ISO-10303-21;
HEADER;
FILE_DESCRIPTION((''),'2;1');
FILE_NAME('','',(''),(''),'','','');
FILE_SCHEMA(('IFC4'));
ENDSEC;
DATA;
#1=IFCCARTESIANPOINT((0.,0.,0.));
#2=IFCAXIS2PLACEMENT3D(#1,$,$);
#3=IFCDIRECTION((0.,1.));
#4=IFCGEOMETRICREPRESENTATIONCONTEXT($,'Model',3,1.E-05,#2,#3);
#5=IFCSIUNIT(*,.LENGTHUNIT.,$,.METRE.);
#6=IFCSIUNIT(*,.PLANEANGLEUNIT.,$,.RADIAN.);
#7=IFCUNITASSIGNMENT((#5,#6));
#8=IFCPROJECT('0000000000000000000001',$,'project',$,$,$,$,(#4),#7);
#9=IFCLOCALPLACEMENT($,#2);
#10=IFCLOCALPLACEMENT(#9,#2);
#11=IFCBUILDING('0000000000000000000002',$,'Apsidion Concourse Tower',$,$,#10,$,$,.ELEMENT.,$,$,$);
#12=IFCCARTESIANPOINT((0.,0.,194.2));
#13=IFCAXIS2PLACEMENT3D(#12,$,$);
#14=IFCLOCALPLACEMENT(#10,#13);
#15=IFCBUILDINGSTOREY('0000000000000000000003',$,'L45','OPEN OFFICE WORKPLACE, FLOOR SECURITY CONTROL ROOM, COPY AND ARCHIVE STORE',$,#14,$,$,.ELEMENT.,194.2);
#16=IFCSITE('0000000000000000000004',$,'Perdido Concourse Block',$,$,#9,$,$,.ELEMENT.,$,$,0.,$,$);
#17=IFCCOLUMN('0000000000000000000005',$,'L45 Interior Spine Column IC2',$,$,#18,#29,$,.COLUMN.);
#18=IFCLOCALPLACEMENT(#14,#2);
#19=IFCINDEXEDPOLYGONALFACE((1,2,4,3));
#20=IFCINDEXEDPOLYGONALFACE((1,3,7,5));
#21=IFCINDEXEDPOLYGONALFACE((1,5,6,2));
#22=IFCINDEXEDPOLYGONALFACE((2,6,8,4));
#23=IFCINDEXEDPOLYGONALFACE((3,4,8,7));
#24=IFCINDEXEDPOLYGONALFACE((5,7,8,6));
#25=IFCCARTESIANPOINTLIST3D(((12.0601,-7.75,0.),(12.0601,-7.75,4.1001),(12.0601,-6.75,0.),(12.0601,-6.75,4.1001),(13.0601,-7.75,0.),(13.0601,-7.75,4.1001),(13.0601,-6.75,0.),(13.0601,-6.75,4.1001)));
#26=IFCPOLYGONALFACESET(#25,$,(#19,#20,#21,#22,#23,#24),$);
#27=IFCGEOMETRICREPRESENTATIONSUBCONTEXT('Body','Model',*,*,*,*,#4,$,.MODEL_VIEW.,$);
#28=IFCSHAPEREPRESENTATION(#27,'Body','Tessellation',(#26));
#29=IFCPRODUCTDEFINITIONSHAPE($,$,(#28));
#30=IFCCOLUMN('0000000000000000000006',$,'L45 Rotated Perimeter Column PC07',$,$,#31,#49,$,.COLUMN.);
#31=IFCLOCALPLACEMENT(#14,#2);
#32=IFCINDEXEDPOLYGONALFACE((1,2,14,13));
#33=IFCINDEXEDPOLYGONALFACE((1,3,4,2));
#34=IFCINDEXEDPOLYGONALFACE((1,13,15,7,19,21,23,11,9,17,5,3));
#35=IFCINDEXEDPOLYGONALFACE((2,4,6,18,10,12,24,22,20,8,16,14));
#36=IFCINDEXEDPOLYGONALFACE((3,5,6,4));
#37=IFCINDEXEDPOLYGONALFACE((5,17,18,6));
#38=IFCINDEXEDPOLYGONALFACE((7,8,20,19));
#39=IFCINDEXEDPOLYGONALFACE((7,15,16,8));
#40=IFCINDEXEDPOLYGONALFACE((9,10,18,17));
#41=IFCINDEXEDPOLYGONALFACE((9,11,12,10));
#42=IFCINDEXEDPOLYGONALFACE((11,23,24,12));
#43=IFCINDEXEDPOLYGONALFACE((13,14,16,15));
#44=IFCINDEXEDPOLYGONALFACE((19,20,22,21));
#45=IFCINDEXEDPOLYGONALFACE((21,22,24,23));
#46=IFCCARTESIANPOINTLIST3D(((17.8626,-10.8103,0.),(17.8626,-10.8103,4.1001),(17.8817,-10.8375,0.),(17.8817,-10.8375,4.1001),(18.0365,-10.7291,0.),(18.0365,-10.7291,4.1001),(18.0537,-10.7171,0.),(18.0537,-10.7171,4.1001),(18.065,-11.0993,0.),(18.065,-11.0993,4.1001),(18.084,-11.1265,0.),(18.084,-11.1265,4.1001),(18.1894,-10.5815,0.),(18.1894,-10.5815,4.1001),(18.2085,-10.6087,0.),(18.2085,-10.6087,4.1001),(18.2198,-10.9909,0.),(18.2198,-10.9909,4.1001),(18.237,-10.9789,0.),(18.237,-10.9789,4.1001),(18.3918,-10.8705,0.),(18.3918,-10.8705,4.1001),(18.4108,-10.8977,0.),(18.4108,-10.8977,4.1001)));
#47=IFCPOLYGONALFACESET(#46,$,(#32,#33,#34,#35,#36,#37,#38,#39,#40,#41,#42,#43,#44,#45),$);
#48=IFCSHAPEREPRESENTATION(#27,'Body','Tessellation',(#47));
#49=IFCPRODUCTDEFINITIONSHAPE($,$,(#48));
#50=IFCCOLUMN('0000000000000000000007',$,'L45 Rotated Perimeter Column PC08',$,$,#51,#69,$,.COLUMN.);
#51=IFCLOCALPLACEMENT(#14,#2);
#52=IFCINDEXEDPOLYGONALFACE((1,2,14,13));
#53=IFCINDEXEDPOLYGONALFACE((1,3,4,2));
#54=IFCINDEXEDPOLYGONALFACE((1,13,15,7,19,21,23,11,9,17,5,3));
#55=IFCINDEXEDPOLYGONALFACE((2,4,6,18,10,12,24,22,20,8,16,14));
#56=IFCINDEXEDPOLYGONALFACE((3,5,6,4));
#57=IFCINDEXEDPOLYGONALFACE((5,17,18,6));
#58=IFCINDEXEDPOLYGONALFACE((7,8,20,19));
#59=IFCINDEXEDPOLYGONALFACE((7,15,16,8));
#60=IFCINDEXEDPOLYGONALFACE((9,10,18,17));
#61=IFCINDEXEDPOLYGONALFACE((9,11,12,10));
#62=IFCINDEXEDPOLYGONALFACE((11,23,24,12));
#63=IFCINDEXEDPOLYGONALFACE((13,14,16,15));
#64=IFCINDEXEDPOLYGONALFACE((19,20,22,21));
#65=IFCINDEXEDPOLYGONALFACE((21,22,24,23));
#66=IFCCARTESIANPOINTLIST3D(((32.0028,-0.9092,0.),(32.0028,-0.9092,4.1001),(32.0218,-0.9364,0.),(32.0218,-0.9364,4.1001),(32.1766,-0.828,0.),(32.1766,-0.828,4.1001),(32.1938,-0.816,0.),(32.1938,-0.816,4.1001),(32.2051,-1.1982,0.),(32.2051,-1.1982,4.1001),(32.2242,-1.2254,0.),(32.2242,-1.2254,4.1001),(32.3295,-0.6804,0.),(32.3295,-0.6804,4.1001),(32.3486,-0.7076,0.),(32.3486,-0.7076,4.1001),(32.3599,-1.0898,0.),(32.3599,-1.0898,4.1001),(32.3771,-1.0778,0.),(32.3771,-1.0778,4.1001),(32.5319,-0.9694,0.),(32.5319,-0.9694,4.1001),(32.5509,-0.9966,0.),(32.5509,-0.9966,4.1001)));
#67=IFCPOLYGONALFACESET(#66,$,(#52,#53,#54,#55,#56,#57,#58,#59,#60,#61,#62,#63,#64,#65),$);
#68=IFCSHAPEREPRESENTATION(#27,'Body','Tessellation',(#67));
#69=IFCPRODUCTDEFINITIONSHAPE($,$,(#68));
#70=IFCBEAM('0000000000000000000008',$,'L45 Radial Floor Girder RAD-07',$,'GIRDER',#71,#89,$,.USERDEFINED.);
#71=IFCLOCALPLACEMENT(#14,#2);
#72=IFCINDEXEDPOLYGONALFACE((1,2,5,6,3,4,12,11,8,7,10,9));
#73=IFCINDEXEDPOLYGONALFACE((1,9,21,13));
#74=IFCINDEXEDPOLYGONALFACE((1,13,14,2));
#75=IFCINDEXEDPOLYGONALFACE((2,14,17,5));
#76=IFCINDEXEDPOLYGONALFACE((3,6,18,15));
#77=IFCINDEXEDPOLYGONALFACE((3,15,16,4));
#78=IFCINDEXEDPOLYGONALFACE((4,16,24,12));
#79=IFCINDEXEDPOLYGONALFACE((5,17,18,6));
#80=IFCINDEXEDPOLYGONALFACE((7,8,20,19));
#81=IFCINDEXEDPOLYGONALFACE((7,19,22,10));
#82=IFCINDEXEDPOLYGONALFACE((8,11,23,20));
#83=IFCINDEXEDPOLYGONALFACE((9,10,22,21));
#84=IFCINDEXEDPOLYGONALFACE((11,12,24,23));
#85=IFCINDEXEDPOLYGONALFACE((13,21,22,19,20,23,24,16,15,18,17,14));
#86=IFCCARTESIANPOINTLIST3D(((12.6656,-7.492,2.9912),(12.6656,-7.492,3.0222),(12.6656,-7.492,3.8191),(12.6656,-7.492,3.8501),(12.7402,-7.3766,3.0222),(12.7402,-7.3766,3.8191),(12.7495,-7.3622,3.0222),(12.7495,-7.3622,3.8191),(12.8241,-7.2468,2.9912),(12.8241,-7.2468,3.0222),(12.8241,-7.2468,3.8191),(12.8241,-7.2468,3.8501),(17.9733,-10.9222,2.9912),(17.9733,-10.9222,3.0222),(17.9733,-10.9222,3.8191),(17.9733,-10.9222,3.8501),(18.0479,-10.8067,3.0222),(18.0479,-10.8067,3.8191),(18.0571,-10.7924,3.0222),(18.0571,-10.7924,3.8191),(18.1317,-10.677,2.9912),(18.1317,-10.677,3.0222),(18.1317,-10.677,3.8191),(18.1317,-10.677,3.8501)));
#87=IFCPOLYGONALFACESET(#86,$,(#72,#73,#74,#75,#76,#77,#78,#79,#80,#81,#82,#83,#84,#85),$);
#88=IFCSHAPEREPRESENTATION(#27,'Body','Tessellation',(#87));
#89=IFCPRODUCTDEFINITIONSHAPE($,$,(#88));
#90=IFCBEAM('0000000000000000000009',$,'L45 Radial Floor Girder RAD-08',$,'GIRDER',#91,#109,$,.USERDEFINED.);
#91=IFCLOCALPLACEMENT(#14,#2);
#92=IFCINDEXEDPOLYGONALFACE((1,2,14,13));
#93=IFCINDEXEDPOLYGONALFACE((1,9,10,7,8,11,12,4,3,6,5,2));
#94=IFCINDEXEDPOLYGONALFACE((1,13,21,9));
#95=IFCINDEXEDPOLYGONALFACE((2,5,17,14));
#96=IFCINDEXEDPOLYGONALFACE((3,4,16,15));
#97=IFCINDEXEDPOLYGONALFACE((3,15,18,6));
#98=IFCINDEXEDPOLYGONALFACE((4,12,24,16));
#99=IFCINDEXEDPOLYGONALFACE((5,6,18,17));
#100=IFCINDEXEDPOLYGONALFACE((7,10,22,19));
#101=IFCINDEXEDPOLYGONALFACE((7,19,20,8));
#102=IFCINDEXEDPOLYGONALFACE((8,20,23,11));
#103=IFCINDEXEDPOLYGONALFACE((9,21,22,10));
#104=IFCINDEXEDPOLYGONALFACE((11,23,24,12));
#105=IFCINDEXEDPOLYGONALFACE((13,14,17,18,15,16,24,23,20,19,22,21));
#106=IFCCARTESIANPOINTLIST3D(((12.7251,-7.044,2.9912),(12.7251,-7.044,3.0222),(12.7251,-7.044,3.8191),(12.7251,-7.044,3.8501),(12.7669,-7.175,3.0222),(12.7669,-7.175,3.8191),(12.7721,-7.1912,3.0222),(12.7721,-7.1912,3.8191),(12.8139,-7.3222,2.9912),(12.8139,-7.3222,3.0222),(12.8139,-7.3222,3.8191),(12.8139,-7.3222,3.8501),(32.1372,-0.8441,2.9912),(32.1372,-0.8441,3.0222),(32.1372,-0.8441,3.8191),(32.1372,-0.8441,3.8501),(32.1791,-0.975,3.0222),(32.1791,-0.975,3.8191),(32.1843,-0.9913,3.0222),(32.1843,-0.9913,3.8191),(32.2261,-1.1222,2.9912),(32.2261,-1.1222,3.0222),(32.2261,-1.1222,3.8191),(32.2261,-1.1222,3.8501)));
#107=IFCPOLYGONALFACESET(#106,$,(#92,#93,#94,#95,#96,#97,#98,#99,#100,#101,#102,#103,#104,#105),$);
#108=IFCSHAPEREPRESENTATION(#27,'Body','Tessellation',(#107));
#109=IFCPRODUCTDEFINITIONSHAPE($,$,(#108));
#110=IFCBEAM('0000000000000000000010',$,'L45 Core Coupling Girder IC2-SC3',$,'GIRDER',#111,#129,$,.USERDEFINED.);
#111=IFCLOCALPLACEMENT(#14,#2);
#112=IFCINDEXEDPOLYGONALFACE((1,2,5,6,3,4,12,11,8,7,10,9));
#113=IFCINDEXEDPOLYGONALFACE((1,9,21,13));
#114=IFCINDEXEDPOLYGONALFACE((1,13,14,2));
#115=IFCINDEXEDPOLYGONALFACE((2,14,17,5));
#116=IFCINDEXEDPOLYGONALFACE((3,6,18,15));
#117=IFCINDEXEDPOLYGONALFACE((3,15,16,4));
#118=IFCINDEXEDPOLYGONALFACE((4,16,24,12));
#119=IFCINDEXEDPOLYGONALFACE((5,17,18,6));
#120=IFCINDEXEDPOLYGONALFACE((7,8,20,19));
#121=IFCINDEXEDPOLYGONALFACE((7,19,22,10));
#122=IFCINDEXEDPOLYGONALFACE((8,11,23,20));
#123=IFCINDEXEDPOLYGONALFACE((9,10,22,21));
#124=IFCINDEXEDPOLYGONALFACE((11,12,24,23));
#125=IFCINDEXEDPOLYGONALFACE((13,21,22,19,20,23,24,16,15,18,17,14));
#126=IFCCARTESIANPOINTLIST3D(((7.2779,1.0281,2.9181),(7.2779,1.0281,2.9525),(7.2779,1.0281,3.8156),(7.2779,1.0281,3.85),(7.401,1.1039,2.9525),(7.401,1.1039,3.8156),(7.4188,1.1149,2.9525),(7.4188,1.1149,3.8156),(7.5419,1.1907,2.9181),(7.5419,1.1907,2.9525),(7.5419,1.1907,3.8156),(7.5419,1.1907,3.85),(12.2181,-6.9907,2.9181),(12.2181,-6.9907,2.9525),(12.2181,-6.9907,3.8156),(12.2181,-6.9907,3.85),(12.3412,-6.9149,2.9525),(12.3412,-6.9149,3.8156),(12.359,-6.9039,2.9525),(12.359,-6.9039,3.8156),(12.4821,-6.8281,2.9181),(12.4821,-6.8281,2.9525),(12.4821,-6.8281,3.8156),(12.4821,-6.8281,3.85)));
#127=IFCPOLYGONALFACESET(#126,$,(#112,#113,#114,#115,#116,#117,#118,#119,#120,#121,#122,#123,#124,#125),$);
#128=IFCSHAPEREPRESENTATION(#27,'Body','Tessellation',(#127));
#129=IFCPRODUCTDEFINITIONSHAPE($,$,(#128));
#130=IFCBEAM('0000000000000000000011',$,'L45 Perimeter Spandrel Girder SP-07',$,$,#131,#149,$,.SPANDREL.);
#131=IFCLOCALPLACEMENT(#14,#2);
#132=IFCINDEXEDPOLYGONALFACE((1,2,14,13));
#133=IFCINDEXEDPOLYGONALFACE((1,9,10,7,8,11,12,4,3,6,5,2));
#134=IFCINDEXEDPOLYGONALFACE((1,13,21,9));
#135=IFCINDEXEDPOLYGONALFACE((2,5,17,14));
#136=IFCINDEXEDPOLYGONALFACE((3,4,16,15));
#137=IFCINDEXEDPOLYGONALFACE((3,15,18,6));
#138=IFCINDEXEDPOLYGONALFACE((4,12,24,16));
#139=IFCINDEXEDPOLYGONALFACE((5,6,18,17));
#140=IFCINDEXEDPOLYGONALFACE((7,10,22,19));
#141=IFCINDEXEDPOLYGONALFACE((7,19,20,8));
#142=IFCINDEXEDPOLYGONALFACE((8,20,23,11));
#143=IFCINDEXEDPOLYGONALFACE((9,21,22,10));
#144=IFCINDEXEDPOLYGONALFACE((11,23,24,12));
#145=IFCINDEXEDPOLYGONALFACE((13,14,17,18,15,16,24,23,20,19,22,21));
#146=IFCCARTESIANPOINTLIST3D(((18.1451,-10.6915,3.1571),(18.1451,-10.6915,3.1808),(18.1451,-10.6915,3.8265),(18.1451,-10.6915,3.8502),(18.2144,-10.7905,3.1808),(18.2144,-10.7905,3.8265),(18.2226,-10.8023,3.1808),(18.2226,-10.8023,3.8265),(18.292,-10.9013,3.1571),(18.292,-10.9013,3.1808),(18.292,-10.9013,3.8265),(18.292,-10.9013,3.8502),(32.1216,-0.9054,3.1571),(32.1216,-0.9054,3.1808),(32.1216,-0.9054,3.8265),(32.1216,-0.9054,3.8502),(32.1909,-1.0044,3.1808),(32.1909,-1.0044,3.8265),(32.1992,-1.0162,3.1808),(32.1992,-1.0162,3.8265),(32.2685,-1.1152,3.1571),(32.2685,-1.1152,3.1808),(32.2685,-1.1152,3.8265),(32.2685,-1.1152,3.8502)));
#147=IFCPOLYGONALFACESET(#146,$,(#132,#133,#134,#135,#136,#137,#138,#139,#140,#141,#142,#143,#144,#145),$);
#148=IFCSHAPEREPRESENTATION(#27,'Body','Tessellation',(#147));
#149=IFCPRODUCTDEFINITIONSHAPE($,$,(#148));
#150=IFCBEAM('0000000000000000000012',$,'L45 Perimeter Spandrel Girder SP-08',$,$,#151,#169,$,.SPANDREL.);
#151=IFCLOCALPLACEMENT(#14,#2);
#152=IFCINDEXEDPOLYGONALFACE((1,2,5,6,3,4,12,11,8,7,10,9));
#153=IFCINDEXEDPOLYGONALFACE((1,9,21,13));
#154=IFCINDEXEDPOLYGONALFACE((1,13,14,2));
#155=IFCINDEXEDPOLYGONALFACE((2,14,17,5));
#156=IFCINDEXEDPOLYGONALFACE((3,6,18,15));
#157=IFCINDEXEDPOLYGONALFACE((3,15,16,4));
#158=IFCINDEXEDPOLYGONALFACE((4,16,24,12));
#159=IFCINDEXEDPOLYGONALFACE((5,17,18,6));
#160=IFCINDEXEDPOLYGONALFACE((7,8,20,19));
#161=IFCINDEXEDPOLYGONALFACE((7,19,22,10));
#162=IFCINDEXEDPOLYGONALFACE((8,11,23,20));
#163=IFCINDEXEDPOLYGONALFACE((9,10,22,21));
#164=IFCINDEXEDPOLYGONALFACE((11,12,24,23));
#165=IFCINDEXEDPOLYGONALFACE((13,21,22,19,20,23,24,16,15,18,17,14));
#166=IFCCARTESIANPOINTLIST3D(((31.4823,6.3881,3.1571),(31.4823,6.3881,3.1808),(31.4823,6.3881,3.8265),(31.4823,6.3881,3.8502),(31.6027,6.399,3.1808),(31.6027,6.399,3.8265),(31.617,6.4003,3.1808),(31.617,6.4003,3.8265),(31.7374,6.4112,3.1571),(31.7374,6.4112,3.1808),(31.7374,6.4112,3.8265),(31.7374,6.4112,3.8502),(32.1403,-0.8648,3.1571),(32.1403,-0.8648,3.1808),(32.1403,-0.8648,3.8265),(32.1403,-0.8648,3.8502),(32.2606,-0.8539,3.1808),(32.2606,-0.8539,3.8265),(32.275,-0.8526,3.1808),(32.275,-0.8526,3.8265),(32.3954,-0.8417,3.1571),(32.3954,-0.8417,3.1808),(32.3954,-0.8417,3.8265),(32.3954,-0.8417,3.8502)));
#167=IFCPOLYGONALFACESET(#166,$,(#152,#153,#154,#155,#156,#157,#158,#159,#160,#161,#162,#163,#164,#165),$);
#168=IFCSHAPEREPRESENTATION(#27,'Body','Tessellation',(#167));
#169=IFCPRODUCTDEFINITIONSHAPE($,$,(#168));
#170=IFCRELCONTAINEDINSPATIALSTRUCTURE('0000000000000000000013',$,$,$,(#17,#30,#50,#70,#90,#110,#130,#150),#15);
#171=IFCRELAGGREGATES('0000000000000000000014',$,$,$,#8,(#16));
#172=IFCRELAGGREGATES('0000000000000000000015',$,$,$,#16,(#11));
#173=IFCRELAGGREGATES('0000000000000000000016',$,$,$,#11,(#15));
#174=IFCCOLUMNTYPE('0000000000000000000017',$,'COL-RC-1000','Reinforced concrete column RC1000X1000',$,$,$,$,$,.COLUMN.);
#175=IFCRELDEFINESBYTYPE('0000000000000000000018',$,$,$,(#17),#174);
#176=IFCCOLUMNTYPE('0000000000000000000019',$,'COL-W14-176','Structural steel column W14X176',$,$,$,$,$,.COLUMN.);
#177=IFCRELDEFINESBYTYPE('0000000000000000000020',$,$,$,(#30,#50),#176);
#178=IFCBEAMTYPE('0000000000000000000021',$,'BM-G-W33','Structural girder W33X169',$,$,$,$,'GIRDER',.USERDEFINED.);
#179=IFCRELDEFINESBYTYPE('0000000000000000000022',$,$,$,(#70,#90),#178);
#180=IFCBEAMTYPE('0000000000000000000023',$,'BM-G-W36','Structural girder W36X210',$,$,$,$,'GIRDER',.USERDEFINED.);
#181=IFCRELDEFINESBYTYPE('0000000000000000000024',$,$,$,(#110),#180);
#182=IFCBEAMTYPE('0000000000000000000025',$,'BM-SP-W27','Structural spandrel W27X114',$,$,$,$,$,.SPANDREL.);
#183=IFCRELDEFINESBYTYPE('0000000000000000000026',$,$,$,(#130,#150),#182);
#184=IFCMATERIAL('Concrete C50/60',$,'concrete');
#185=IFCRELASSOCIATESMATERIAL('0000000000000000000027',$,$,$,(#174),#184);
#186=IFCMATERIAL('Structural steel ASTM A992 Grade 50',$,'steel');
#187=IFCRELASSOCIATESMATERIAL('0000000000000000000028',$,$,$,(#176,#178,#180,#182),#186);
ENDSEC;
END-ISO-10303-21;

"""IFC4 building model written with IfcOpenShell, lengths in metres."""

from ifc_helpers import new_model, si_unit, direction, frame, origin, origin_2d, place, context, subcontext, project, spatial, rectangle, i_section, extrude, material, material_profile, profile_set, type_object, element, save


model = new_model("IFC4")

# Units and contexts
model_context = context("Model", 3, precision=1e-05, world=origin(), true_north=direction((0.0, 1.0)))
body_context = subcontext(model_context, "Body", "Model", "MODEL_VIEW")
ifc_project = project(units=[si_unit("LENGTHUNIT", "METRE"), si_unit("PLANEANGLEUNIT", "RADIAN")], contexts=[model_context])

# Site, building, storey
site_placement = place(None, origin())
site = spatial("IfcSite", under=ifc_project, at=site_placement, Name="Perdido Concourse Block", CompositionType="ELEMENT", RefElevation=0.0)
building_placement = place(site_placement, origin())
building = spatial("IfcBuilding", under=site, at=building_placement, Name="Apsidion Concourse Tower", CompositionType="ELEMENT")
storey_placement = place(building_placement, frame((0.0, 0.0, 194.2)))
storey = spatial("IfcBuildingStorey", under=building, at=storey_placement, Name="L45", Description="OPEN OFFICE WORKPLACE, FLOOR SECURITY CONTROL ROOM, COPY AND ARCHIVE STORE", CompositionType="ELEMENT", Elevation=194.2)

# Columns
ifc_material_1 = material(Name="Concrete C50/60", Category="concrete")
ifc_material_profile_1 = material_profile(ifc_material_1, rectangle(XDim=1.0, YDim=1.0, at=origin_2d()), Name="RC 1000x1000")
ifc_profile_set_1 = profile_set([ifc_material_profile_1], Name="Concrete C50/60")
column_type_1 = type_object("IfcColumnType", Name="COL-RC-1000", Description="Reinforced concrete column RC1000X1000", PredefinedType="COLUMN", material=ifc_profile_set_1)
column_placement = place(storey_placement, frame((12.5601, -7.25, 0.0), z_axis=(0.0, 0.0, 1.0), x_axis=(1.0, 0.0, 0.0)))
element("IfcColumn", 1, at=column_placement, inside=storey, type_object=column_type_1, Name="L45 Interior Spine Column IC2", PredefinedType="COLUMN", context=body_context, shape_type="SweptSolid", body=[
    extrude(rectangle(XDim=1.0, YDim=1.0, at=origin_2d()), origin(), (0.0, 0.0, 1.0), 4.1001),
])
ifc_material_2 = material(Name="Structural steel ASTM A992 Grade 50", Category="steel")
ifc_material_profile_2 = material_profile(ifc_material_2, i_section(OverallWidth=0.3989, OverallDepth=0.386, WebThickness=0.021, FlangeThickness=0.0332, at=origin_2d()), Name="W14X176")
ifc_profile_set_2 = profile_set([ifc_material_profile_2], Name="Structural steel ASTM A992 Grade 50")
column_type_2 = type_object("IfcColumnType", Name="COL-W14-176", Description="Structural steel column W14X176", PredefinedType="COLUMN", material=ifc_profile_set_2)
for number, where, z_axis, x_axis, name in (
    (2, (18.1367, -10.854, 0.0), (0.0, 0.0, 1.0), (0.819152, 0.573576, 0.0), "L45 Rotated Perimeter Column PC07"),
    (3, (32.2769, -0.9529, 0.0), (0.0, 0.0, 1.0), (0.819152, 0.573576, 0.0), "L45 Rotated Perimeter Column PC08"),
):
    element("IfcColumn", number, at=place(storey_placement, frame(where, z_axis=z_axis, x_axis=x_axis)), inside=storey, type_object=column_type_2, Name=name, PredefinedType="COLUMN", context=body_context, shape_type="SweptSolid", body=[
        extrude(i_section(OverallWidth=0.3989, OverallDepth=0.386, WebThickness=0.021, FlangeThickness=0.0332, at=origin_2d()), origin(), (0.0, 0.0, 1.0), 4.1001),
    ])

# Beams
ifc_material_profile_3 = material_profile(ifc_material_2, i_section(OverallWidth=0.292, OverallDepth=0.8589, WebThickness=0.0171, FlangeThickness=0.031, at=origin_2d()), Name="W33X169")
ifc_profile_set_3 = profile_set([ifc_material_profile_3], Name="Structural steel ASTM A992 Grade 50")
beam_type_1 = type_object("IfcBeamType", Name="BM-G-W33", Description="Structural girder W33X169", ElementType="GIRDER", PredefinedType="USERDEFINED", material=ifc_profile_set_3)
beam_1_placement = place(storey_placement, frame((12.7449, -7.3694, 3.4207), z_axis=(0.839871, -0.542787, 0.0), x_axis=(0.542787, 0.839871, 0.0)))
element("IfcBeam", 4, at=beam_1_placement, inside=storey, type_object=beam_type_1, Name="L45 Radial Floor Girder RAD-07", ObjectType="GIRDER", PredefinedType="USERDEFINED", context=body_context, shape_type="SweptSolid", body=[
    extrude(i_section(OverallWidth=0.292, OverallDepth=0.8589, WebThickness=0.0171, FlangeThickness=0.031, at=origin_2d()), origin(), (0.0, 0.0, 1.0), 6.3196),
])
beam_2_placement = place(storey_placement, frame((12.7695, -7.1831, 3.4207), z_axis=(0.952594, 0.304245, 0.0), x_axis=(-0.304245, 0.952594, 0.0)))
element("IfcBeam", 5, at=beam_2_placement, inside=storey, type_object=beam_type_1, Name="L45 Radial Floor Girder RAD-08", ObjectType="GIRDER", PredefinedType="USERDEFINED", context=body_context, shape_type="SweptSolid", body=[
    extrude(i_section(OverallWidth=0.292, OverallDepth=0.8589, WebThickness=0.0171, FlangeThickness=0.031, at=origin_2d()), origin(), (0.0, 0.0, 1.0), 20.3782),
])
ifc_material_profile_4 = material_profile(ifc_material_2, i_section(OverallWidth=0.3101, OverallDepth=0.9319, WebThickness=0.021, FlangeThickness=0.0344, at=origin_2d()), Name="W36X210")
ifc_profile_set_4 = profile_set([ifc_material_profile_4], Name="Structural steel ASTM A992 Grade 50")
beam_type_2 = type_object("IfcBeamType", Name="BM-G-W36", Description="Structural girder W36X210", ElementType="GIRDER", PredefinedType="USERDEFINED", material=ifc_profile_set_4)
beam_3_placement = place(storey_placement, frame((12.3501, -6.9094, 3.384), z_axis=(-0.524524, 0.851396, 0.0), x_axis=(-0.851396, -0.524524, 0.0)))
element("IfcBeam", 6, at=beam_3_placement, inside=storey, type_object=beam_type_2, Name="L45 Core Coupling Girder IC2-SC3", ObjectType="GIRDER", PredefinedType="USERDEFINED", context=body_context, shape_type="SweptSolid", body=[
    extrude(i_section(OverallWidth=0.3101, OverallDepth=0.9319, WebThickness=0.021, FlangeThickness=0.0344, at=origin_2d()), origin(), (0.0, 0.0, 1.0), 9.4185),
])
ifc_material_profile_5 = material_profile(ifc_material_2, i_section(OverallWidth=0.2561, OverallDepth=0.6931, WebThickness=0.0144, FlangeThickness=0.0237, at=origin_2d()), Name="W27X114")
ifc_profile_set_5 = profile_set([ifc_material_profile_5], Name="Structural steel ASTM A992 Grade 50")
beam_type_3 = type_object("IfcBeamType", Name="BM-SP-W27", Description="Structural spandrel W27X114", PredefinedType="SPANDREL", material=ifc_profile_set_5)
beam_4_placement = place(storey_placement, frame((18.2185, -10.7964, 3.5037), z_axis=(0.819162, 0.573562, 0.0), x_axis=(-0.573562, 0.819162, 0.0)))
element("IfcBeam", 7, at=beam_4_placement, inside=storey, type_object=beam_type_3, Name="L45 Perimeter Spandrel Girder SP-07", PredefinedType="SPANDREL", context=body_context, shape_type="SweptSolid", body=[
    extrude(i_section(OverallWidth=0.2561, OverallDepth=0.6931, WebThickness=0.0144, FlangeThickness=0.0237, at=origin_2d()), origin(), (0.0, 0.0, 1.0), 17.062),
])
beam_5_placement = place(storey_placement, frame((32.2678, -0.8533, 3.5037), z_axis=(-0.090345, 0.99591, 0.0), x_axis=(-0.99591, -0.090345, 0.0)))
element("IfcBeam", 8, at=beam_5_placement, inside=storey, type_object=beam_type_3, Name="L45 Perimeter Spandrel Girder SP-08", PredefinedType="SPANDREL", context=body_context, shape_type="SweptSolid", body=[
    extrude(i_section(OverallWidth=0.2561, OverallDepth=0.6931, WebThickness=0.0144, FlangeThickness=0.0237, at=origin_2d()), origin(), (0.0, 0.0, 1.0), 7.2827),
])

save(model, "model.ifc")
